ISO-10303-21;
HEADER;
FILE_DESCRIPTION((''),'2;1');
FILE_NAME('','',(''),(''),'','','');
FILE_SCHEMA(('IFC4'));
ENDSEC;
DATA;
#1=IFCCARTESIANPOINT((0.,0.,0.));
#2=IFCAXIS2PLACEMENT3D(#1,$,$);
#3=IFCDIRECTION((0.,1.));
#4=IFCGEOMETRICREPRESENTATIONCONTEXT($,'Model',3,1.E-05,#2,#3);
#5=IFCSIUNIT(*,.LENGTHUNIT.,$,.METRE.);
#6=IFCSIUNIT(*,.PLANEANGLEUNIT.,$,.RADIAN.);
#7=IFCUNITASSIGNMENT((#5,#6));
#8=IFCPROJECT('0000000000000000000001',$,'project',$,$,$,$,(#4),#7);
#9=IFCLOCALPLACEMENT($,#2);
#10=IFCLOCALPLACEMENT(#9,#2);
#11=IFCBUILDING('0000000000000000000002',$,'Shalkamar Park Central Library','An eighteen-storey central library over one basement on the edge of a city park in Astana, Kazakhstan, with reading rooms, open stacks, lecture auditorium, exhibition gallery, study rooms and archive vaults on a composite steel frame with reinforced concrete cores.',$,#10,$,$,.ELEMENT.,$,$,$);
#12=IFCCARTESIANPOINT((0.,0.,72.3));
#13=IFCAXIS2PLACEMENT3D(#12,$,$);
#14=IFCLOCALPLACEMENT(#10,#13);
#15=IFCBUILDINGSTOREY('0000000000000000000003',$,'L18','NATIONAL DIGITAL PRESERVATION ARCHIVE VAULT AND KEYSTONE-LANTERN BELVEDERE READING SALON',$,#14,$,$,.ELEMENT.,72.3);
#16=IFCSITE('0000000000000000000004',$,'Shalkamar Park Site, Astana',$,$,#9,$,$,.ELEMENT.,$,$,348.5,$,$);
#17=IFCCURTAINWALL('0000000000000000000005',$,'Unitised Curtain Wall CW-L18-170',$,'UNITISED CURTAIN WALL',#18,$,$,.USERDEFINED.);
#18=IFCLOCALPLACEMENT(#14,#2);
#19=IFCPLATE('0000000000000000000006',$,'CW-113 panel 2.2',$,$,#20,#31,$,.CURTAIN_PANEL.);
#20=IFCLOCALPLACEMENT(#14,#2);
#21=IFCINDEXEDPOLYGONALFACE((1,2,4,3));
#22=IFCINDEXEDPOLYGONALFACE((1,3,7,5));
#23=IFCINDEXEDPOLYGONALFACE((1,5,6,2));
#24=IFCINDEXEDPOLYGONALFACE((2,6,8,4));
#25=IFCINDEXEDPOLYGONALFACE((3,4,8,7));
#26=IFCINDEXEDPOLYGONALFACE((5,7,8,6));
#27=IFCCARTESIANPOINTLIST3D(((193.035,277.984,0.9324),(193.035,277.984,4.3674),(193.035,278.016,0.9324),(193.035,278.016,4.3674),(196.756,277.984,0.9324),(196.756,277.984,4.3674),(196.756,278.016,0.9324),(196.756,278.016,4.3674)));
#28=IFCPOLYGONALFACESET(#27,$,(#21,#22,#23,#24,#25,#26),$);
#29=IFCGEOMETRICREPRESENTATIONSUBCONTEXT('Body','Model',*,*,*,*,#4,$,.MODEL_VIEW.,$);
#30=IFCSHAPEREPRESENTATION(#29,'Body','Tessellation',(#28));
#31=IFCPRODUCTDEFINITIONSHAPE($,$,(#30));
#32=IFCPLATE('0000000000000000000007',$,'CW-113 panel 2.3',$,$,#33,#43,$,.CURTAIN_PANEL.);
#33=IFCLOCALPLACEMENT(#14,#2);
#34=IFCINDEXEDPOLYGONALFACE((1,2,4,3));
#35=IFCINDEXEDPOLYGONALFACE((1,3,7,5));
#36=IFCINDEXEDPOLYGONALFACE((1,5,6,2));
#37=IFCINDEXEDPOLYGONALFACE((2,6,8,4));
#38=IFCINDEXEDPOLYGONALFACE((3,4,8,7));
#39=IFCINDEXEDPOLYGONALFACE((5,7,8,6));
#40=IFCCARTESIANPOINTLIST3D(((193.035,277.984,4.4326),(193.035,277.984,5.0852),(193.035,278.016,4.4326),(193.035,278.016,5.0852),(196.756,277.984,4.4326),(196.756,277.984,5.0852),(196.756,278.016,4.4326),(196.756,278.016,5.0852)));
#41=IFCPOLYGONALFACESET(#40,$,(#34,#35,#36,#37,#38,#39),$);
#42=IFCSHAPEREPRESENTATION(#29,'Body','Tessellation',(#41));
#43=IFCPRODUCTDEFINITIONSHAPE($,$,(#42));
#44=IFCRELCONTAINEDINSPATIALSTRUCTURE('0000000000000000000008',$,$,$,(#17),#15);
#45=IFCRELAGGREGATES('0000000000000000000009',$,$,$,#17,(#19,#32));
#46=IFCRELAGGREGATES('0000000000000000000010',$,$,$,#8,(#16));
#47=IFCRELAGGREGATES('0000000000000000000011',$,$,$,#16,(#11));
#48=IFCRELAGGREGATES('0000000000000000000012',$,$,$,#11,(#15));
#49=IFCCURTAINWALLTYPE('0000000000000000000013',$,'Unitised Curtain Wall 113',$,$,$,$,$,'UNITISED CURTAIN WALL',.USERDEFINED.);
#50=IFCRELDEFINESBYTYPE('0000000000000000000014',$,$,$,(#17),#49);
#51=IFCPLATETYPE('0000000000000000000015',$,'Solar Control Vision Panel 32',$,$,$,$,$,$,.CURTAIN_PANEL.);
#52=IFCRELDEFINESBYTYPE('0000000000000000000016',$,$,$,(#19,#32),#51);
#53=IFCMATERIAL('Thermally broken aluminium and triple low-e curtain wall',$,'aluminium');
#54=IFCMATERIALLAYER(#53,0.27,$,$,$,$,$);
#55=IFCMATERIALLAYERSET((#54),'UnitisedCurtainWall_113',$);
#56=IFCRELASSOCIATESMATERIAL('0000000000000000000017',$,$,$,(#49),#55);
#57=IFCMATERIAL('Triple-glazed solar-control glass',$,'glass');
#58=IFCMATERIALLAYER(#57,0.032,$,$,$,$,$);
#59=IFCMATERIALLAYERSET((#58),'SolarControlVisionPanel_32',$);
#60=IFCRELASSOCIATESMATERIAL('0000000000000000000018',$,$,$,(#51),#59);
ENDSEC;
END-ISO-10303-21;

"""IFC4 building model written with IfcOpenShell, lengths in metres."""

from ifc_helpers import new_model, si_unit, direction, frame, origin, origin_2d, place, context, subcontext, project, spatial, rectangle, extrude, material, layer, layer_set, type_object, element, aggregate, save


model = new_model("IFC4")

# Units and contexts
model_context = context("Model", 3, precision=1e-05, world=origin(), true_north=direction((0.0, 1.0)))
body_context = subcontext(model_context, "Body", "Model", "MODEL_VIEW")
ifc_project = project(units=[si_unit("LENGTHUNIT", "METRE"), si_unit("PLANEANGLEUNIT", "RADIAN")], contexts=[model_context])

# Site, building, storey
site_placement = place(None, origin())
site = spatial("IfcSite", under=ifc_project, at=site_placement, Name="Shalkamar Park Site, Astana", CompositionType="ELEMENT", RefElevation=348.5)
building_placement = place(site_placement, origin())
building = spatial("IfcBuilding", under=site, at=building_placement, Name="Shalkamar Park Central Library", Description="An eighteen-storey central library over one basement on the edge of a city park in Astana, Kazakhstan, with reading rooms, open stacks, lecture auditorium, exhibition gallery, study rooms and archive vaults on a composite steel frame with reinforced concrete cores.", CompositionType="ELEMENT")
storey_placement = place(building_placement, frame((0.0, 0.0, 72.3)))
storey = spatial("IfcBuildingStorey", under=building, at=storey_placement, Name="L18", Description="NATIONAL DIGITAL PRESERVATION ARCHIVE VAULT AND KEYSTONE-LANTERN BELVEDERE READING SALON", CompositionType="ELEMENT", Elevation=72.3)

# Curtain wall
ifc_material_1 = material(Name="Thermally broken aluminium and triple low-e curtain wall", Category="aluminium")
ifc_layer_1 = layer(ifc_material_1, 0.27)
ifc_layer_set_1 = layer_set([ifc_layer_1], Name="UnitisedCurtainWall_113")
curtain_wall_type_1 = type_object("IfcCurtainWallType", Name="Unitised Curtain Wall 113", ElementType="UNITISED CURTAIN WALL", PredefinedType="USERDEFINED", material=ifc_layer_set_1)
curtain_wall_1_placement = place(storey_placement, origin())
curtain_wall_1 = element("IfcCurtainWall", 1, at=curtain_wall_1_placement, inside=storey, type_object=curtain_wall_type_1, Name="Unitised Curtain Wall CW-L18-170", ObjectType="UNITISED CURTAIN WALL", PredefinedType="USERDEFINED")

# Plates
ifc_material_2 = material(Name="Triple-glazed solar-control glass", Category="glass")
ifc_layer_2 = layer(ifc_material_2, 0.032)
ifc_layer_set_2 = layer_set([ifc_layer_2], Name="SolarControlVisionPanel_32")
plate_type = type_object("IfcPlateType", Name="Solar Control Vision Panel 32", PredefinedType="CURTAIN_PANEL", material=ifc_layer_set_2)
plate_1_placement = place(storey_placement, frame((194.8955, 278.0, 0.9324), z_axis=(0.0, 0.0, 1.0), x_axis=(1.0, 0.0, 0.0)))
plate_1 = element("IfcPlate", 2, at=plate_1_placement, type_object=plate_type, Name="CW-113 panel 2.2", PredefinedType="CURTAIN_PANEL", context=body_context, shape_type="SweptSolid", body=[
    extrude(rectangle(XDim=3.7209, YDim=0.032, at=origin_2d()), origin(), (0.0, 0.0, 1.0), 3.4351),
])
plate_2_placement = place(storey_placement, frame((194.8955, 278.0, 4.4326), z_axis=(0.0, 0.0, 1.0), x_axis=(1.0, 0.0, 0.0)))
plate_2 = element("IfcPlate", 3, at=plate_2_placement, type_object=plate_type, Name="CW-113 panel 2.3", PredefinedType="CURTAIN_PANEL", context=body_context, shape_type="SweptSolid", body=[
    extrude(rectangle(XDim=3.7209, YDim=0.032, at=origin_2d()), origin(), (0.0, 0.0, 1.0), 0.6526),
])
aggregate(curtain_wall_1, [plate_1, plate_2])

save(model, "model.ifc")
